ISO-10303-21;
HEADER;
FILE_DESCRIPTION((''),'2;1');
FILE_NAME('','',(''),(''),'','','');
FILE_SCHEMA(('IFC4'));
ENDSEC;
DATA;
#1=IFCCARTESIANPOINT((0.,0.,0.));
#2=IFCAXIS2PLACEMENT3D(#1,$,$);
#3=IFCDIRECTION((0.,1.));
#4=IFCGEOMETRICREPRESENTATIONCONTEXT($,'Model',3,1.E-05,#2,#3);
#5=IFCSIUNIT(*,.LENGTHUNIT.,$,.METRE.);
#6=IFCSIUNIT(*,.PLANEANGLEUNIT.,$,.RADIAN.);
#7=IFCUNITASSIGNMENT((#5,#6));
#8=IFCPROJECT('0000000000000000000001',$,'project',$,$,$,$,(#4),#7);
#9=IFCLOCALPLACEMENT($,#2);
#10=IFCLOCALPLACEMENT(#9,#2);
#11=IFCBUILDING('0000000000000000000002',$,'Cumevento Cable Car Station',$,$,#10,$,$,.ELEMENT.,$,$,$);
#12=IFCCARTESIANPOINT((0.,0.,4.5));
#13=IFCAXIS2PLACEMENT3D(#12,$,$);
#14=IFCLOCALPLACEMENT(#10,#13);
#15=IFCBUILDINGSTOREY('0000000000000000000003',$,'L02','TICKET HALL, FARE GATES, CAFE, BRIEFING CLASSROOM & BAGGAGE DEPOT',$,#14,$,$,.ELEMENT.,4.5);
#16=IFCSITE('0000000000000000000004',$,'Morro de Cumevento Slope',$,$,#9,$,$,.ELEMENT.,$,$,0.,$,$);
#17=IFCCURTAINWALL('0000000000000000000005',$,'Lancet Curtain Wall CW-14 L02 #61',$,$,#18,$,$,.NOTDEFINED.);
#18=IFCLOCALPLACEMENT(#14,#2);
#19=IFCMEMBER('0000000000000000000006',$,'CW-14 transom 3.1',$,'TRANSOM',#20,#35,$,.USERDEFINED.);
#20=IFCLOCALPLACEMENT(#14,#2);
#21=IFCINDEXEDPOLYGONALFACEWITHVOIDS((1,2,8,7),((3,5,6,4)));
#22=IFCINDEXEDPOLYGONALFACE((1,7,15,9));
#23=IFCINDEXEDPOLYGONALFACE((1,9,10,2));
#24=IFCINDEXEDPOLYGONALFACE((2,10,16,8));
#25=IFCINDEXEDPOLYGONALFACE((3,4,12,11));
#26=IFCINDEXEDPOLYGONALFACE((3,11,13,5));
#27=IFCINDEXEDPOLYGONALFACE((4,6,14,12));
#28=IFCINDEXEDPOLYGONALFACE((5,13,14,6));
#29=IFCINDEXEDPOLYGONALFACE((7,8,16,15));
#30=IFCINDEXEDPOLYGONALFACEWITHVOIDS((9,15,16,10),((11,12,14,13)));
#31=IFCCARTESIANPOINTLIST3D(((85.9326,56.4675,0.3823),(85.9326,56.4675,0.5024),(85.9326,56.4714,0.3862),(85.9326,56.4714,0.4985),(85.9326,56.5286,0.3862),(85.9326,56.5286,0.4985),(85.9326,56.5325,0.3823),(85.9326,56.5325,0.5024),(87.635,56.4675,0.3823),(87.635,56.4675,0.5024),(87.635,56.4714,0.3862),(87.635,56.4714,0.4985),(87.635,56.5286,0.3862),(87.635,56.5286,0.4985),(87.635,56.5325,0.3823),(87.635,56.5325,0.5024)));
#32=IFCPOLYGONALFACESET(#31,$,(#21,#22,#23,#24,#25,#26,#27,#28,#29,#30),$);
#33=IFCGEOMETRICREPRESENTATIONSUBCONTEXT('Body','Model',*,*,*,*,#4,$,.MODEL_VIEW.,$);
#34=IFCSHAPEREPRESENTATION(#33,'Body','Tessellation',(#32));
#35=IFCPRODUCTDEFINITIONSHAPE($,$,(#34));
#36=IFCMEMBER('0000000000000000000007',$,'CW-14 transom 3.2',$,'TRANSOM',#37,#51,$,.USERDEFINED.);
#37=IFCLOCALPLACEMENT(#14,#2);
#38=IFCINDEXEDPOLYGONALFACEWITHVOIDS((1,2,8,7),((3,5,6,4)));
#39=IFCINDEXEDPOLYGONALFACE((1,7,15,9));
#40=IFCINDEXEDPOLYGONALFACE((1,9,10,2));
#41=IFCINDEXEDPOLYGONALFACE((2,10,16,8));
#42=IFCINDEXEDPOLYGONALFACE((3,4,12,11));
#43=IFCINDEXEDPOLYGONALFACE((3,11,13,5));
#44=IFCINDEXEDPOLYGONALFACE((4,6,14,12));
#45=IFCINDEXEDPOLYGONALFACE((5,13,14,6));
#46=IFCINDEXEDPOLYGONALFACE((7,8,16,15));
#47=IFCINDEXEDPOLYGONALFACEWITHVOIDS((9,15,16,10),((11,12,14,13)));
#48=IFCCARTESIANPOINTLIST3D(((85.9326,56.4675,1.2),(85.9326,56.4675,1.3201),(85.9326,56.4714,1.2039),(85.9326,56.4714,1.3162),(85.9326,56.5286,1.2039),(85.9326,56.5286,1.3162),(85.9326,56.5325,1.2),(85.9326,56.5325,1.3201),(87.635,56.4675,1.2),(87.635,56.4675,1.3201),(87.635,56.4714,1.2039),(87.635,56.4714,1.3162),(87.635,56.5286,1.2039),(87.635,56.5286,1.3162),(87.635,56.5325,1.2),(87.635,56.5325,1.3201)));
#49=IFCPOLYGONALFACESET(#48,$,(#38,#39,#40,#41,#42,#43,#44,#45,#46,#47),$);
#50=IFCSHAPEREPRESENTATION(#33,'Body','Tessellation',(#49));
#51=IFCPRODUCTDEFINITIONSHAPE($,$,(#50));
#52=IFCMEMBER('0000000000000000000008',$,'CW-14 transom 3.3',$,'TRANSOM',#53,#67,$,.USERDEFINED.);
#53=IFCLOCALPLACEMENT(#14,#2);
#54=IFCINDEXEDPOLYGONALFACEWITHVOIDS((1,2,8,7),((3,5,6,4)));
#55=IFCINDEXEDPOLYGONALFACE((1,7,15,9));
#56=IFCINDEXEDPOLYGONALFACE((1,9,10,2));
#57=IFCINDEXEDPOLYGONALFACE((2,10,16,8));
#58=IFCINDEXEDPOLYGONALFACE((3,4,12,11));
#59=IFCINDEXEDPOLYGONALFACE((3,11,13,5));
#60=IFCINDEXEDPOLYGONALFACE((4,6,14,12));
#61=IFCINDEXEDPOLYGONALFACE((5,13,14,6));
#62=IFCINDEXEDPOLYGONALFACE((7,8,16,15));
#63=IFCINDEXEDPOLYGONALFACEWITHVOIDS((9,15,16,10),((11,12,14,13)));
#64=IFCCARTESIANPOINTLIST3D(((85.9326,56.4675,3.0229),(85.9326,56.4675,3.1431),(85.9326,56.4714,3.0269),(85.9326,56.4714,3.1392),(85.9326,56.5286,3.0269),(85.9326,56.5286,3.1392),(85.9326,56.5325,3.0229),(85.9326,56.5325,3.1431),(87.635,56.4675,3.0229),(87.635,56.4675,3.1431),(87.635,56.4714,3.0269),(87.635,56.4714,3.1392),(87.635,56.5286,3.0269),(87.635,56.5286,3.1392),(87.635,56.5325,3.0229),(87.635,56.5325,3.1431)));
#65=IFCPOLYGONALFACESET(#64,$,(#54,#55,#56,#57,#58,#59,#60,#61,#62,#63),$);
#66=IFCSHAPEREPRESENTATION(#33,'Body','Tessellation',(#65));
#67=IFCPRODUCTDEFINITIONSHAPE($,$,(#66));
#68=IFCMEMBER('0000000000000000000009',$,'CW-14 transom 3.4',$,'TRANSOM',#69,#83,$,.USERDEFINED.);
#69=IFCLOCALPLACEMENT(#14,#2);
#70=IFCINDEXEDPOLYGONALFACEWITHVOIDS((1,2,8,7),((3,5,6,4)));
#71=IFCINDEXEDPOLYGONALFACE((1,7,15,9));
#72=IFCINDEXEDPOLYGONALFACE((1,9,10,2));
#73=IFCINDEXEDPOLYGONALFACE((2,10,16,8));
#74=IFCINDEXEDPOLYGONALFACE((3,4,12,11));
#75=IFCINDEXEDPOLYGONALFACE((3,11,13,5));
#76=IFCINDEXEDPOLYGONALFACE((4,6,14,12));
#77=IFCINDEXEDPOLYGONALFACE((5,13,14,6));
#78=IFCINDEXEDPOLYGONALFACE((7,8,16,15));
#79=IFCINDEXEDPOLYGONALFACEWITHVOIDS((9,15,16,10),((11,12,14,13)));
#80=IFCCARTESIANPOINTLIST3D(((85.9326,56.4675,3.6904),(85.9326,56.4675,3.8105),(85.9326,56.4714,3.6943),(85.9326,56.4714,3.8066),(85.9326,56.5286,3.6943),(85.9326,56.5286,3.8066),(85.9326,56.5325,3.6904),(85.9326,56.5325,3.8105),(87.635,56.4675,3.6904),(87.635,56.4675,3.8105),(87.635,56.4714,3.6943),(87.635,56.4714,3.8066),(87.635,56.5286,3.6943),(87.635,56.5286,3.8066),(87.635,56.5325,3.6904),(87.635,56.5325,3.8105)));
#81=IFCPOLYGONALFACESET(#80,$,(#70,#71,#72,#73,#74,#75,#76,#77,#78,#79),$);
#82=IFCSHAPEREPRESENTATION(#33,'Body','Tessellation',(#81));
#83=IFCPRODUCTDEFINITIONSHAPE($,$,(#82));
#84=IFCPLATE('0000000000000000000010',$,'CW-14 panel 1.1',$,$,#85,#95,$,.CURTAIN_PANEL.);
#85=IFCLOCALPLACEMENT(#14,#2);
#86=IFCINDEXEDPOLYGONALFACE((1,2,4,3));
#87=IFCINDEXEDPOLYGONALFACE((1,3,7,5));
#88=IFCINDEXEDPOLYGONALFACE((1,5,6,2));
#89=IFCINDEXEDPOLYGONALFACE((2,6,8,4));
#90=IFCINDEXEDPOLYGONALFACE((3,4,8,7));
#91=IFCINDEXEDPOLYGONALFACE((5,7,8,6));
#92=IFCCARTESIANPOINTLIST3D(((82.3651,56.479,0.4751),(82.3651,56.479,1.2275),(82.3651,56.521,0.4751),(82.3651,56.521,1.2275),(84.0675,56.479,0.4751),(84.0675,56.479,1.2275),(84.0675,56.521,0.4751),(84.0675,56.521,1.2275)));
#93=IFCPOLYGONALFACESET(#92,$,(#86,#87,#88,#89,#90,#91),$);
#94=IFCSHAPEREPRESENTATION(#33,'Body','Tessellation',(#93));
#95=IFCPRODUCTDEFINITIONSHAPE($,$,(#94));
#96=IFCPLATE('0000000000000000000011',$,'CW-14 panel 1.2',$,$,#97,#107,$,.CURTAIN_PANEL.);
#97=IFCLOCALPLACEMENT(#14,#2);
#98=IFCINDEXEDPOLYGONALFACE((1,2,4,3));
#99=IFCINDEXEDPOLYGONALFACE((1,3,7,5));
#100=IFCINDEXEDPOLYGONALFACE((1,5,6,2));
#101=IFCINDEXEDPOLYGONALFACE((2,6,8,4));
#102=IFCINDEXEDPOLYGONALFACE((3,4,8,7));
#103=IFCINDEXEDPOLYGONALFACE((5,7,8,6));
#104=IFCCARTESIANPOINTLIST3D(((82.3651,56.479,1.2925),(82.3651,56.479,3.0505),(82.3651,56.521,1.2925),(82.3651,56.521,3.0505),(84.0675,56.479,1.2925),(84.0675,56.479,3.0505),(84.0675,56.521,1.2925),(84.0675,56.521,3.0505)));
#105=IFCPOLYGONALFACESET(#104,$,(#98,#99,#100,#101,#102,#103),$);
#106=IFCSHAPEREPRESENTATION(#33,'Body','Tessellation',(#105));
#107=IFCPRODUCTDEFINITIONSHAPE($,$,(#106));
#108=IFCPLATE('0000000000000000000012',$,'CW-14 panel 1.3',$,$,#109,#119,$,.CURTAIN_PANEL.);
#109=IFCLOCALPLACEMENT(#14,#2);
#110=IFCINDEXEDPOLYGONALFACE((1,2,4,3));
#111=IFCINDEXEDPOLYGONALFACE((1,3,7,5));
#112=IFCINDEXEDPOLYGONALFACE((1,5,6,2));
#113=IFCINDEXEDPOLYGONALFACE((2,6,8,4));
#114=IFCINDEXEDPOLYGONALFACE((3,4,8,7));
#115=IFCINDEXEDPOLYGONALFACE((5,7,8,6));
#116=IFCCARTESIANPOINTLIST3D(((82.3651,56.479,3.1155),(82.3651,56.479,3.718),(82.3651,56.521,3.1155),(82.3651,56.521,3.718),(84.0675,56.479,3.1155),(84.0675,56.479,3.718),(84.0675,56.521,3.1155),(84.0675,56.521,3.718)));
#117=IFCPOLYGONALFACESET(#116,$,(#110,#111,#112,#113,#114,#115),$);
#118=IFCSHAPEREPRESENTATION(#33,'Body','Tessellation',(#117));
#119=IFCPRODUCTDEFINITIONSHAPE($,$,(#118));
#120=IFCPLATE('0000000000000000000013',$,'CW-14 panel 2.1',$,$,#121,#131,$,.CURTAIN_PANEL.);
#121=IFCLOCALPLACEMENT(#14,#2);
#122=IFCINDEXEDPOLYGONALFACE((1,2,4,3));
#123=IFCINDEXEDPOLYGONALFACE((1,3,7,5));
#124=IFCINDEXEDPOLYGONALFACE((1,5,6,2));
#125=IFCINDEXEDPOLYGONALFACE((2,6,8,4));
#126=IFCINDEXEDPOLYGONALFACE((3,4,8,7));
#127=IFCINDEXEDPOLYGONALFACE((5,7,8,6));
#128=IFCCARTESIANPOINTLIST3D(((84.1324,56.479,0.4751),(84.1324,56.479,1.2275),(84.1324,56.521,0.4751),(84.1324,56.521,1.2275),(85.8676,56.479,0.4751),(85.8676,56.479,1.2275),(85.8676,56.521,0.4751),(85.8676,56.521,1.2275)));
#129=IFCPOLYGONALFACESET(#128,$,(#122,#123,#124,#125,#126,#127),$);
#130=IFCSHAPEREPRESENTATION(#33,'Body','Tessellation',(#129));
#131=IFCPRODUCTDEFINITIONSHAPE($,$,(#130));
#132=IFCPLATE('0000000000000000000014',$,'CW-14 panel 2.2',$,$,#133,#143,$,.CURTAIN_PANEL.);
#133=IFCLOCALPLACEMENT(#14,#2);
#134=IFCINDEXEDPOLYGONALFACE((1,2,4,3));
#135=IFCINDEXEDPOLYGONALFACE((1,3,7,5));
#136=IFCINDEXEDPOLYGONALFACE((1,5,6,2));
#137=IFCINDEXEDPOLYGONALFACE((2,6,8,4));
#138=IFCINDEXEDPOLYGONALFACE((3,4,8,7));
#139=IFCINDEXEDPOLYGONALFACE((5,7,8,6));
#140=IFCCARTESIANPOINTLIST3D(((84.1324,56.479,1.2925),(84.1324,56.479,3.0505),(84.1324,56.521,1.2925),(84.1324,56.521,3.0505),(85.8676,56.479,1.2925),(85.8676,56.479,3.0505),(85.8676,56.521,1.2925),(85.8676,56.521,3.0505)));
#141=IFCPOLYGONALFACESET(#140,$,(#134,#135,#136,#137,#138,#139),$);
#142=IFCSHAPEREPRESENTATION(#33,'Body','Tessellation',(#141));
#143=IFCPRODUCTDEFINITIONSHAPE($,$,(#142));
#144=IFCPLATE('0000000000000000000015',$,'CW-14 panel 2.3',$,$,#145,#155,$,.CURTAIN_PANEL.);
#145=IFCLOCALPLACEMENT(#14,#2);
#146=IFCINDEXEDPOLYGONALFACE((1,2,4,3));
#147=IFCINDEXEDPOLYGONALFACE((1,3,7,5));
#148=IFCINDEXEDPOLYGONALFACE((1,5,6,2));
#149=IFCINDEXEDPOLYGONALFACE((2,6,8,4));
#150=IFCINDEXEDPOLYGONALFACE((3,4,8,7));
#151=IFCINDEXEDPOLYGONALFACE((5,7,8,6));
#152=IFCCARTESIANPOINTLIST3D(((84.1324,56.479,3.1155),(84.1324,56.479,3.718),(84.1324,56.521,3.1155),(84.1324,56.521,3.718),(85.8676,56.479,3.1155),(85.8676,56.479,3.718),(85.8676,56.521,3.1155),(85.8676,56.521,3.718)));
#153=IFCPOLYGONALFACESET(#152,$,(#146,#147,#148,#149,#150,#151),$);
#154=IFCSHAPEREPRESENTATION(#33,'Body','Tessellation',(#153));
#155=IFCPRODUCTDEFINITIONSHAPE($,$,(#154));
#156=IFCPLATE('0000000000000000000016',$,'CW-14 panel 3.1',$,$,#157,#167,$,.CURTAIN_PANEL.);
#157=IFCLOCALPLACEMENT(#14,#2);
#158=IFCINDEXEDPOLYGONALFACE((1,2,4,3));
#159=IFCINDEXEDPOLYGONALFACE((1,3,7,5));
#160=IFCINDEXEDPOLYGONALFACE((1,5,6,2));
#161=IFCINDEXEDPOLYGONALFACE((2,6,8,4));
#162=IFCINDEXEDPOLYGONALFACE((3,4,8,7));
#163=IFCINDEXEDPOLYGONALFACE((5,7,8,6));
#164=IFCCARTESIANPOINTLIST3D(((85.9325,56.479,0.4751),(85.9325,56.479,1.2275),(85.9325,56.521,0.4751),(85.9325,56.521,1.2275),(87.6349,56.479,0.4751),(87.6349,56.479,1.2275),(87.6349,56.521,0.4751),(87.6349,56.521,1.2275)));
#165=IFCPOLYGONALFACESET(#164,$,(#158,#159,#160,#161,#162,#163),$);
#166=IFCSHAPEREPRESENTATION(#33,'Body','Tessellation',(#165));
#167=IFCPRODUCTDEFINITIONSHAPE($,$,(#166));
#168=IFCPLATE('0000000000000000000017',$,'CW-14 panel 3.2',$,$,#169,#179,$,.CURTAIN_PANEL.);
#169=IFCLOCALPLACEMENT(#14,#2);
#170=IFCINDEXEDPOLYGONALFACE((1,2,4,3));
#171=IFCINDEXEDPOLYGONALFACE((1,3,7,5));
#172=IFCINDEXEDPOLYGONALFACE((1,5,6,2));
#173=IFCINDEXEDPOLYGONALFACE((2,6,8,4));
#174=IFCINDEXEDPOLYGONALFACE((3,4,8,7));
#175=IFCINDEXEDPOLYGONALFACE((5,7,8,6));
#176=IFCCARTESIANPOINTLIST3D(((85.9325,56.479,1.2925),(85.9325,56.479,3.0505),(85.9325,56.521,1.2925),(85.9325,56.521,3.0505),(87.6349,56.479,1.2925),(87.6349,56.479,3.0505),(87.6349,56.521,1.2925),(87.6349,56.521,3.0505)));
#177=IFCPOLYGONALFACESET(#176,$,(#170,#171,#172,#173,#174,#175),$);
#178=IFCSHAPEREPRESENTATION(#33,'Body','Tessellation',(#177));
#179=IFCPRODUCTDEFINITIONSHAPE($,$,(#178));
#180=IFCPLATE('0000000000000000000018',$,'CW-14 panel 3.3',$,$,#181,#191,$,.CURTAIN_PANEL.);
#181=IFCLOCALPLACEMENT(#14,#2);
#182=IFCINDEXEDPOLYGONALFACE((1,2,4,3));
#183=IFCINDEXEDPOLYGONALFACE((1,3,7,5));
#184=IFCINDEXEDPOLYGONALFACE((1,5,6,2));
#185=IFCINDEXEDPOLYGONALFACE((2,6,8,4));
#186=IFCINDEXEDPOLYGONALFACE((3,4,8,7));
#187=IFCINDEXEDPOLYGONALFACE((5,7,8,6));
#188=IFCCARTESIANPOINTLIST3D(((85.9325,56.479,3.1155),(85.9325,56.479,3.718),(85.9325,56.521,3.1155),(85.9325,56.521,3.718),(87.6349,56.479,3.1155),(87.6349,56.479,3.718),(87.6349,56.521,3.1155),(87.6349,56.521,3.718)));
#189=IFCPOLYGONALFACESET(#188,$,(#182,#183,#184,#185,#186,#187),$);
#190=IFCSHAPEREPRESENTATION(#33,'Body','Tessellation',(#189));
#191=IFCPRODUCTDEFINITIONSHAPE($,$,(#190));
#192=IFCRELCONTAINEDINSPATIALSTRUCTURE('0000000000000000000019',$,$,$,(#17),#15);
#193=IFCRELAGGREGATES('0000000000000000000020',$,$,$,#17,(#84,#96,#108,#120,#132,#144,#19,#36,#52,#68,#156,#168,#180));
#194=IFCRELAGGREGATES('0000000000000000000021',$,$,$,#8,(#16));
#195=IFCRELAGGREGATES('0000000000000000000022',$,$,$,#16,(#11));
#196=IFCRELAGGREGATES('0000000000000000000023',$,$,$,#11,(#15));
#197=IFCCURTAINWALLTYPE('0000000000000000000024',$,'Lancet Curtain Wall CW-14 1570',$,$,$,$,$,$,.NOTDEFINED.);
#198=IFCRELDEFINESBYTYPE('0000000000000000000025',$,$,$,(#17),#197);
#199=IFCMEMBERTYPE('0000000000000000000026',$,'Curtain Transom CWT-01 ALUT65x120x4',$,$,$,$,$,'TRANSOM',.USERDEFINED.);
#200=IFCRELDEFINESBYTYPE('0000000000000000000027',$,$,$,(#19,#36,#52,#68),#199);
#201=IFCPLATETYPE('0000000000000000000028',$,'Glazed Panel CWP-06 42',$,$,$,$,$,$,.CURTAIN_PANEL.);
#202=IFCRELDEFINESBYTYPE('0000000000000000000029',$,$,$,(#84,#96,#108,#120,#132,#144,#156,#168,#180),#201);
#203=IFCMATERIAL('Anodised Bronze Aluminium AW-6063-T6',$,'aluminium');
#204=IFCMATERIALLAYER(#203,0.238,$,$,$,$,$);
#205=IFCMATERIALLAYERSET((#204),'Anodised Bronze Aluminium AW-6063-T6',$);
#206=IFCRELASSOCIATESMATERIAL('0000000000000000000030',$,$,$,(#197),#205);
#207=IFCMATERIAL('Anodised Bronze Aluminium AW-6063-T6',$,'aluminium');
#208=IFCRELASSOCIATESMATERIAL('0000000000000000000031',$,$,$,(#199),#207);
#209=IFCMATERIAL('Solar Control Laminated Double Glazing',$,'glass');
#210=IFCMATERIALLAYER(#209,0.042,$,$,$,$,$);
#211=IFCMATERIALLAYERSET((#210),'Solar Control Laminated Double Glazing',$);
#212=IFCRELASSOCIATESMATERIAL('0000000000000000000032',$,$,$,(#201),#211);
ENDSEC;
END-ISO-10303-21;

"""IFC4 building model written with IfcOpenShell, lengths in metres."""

from ifc_helpers import new_model, si_unit, direction, frame, origin, origin_2d, place, context, subcontext, project, spatial, rectangle, hollow_rectangle, extrude, material, layer, layer_set, material_profile, profile_set, type_object, element, aggregate, save


model = new_model("IFC4")

# Units and contexts
model_context = context("Model", 3, precision=1e-05, world=origin(), true_north=direction((0.0, 1.0)))
body_context = subcontext(model_context, "Body", "Model", "MODEL_VIEW")
ifc_project = project(units=[si_unit("LENGTHUNIT", "METRE"), si_unit("PLANEANGLEUNIT", "RADIAN")], contexts=[model_context])

# Site, building, storey
site_placement = place(None, origin())
site = spatial("IfcSite", under=ifc_project, at=site_placement, Name="Morro de Cumevento Slope", CompositionType="ELEMENT", RefElevation=0.0)
building_placement = place(site_placement, origin())
building = spatial("IfcBuilding", under=site, at=building_placement, Name="Cumevento Cable Car Station", CompositionType="ELEMENT")
storey_placement = place(building_placement, frame((0.0, 0.0, 4.5)))
storey = spatial("IfcBuildingStorey", under=building, at=storey_placement, Name="L02", Description="TICKET HALL, FARE GATES, CAFE, BRIEFING CLASSROOM & BAGGAGE DEPOT", CompositionType="ELEMENT", Elevation=4.5)

# Curtain wall, members, plates
ifc_material_1 = material(Name="Anodised Bronze Aluminium AW-6063-T6", Category="aluminium")
ifc_layer_1 = layer(ifc_material_1, 0.238)
ifc_layer_set_1 = layer_set([ifc_layer_1], Name="Anodised Bronze Aluminium AW-6063-T6")
curtain_wall_type = type_object("IfcCurtainWallType", Name="Lancet Curtain Wall CW-14 1570", PredefinedType="NOTDEFINED", material=ifc_layer_set_1)
curtain_wall_placement = place(storey_placement, origin())
curtain_wall = element("IfcCurtainWall", 1, at=curtain_wall_placement, inside=storey, type_object=curtain_wall_type, Name="Lancet Curtain Wall CW-14 L02 #61", PredefinedType="NOTDEFINED")
ifc_material_2 = material(Name="Anodised Bronze Aluminium AW-6063-T6", Category="aluminium")
ifc_material_profile_1 = material_profile(ifc_material_2, hollow_rectangle(XDim=0.0649, YDim=0.1201, WallThickness=0.0039, at=origin_2d()), Name="ALUT65x120x4")
ifc_profile_set_1 = profile_set([ifc_material_profile_1], Name="Anodised Bronze Aluminium AW-6063-T6")
member_type_1 = type_object("IfcMemberType", Name="Curtain Transom CWT-01 ALUT65x120x4", ElementType="TRANSOM", PredefinedType="USERDEFINED", material=ifc_profile_set_1)
member_1_placement = place(storey_placement, frame((85.9326, 56.5, 0.4424), z_axis=(1.0, 0.0, 0.0), x_axis=(0.0, 1.0, 0.0)))
member_1 = element("IfcMember", 2, at=member_1_placement, type_object=member_type_1, Name="CW-14 transom 3.1", ObjectType="TRANSOM", PredefinedType="USERDEFINED", context=body_context, shape_type="SweptSolid", body=[
    extrude(hollow_rectangle(XDim=0.0649, YDim=0.1201, WallThickness=0.0039, at=origin_2d()), origin(), (0.0, 0.0, 1.0), 1.7024),
])
member_2_placement = place(storey_placement, frame((85.9326, 56.5, 1.26), z_axis=(1.0, 0.0, 0.0), x_axis=(0.0, 1.0, 0.0)))
member_2 = element("IfcMember", 3, at=member_2_placement, type_object=member_type_1, Name="CW-14 transom 3.2", ObjectType="TRANSOM", PredefinedType="USERDEFINED", context=body_context, shape_type="SweptSolid", body=[
    extrude(hollow_rectangle(XDim=0.0649, YDim=0.1201, WallThickness=0.0039, at=origin_2d()), origin(), (0.0, 0.0, 1.0), 1.7024),
])
member_3_placement = place(storey_placement, frame((85.9326, 56.5, 3.083), z_axis=(1.0, 0.0, 0.0), x_axis=(0.0, 1.0, 0.0)))
member_3 = element("IfcMember", 4, at=member_3_placement, type_object=member_type_1, Name="CW-14 transom 3.3", ObjectType="TRANSOM", PredefinedType="USERDEFINED", context=body_context, shape_type="SweptSolid", body=[
    extrude(hollow_rectangle(XDim=0.0649, YDim=0.1201, WallThickness=0.0039, at=origin_2d()), origin(), (0.0, 0.0, 1.0), 1.7024),
])
member_4_placement = place(storey_placement, frame((85.9326, 56.5, 3.7505), z_axis=(1.0, 0.0, 0.0), x_axis=(0.0, 1.0, 0.0)))
member_4 = element("IfcMember", 5, at=member_4_placement, type_object=member_type_1, Name="CW-14 transom 3.4", ObjectType="TRANSOM", PredefinedType="USERDEFINED", context=body_context, shape_type="SweptSolid", body=[
    extrude(hollow_rectangle(XDim=0.0649, YDim=0.1201, WallThickness=0.0039, at=origin_2d()), origin(), (0.0, 0.0, 1.0), 1.7024),
])
ifc_material_3 = material(Name="Solar Control Laminated Double Glazing", Category="glass")
ifc_layer_2 = layer(ifc_material_3, 0.042)
ifc_layer_set_2 = layer_set([ifc_layer_2], Name="Solar Control Laminated Double Glazing")
plate_type = type_object("IfcPlateType", Name="Glazed Panel CWP-06 42", PredefinedType="CURTAIN_PANEL", material=ifc_layer_set_2)
plate_1_placement = place(storey_placement, frame((83.2163, 56.5, 0.4751), z_axis=(0.0, 0.0, 1.0), x_axis=(1.0, 0.0, 0.0)))
plate_1 = element("IfcPlate", 6, at=plate_1_placement, type_object=plate_type, Name="CW-14 panel 1.1", PredefinedType="CURTAIN_PANEL", context=body_context, shape_type="SweptSolid", body=[
    extrude(rectangle(XDim=1.7024, YDim=0.042, at=origin_2d()), origin(), (0.0, 0.0, 1.0), 0.7524),
])
plate_2_placement = place(storey_placement, frame((83.2163, 56.5, 1.2925), z_axis=(0.0, 0.0, 1.0), x_axis=(1.0, 0.0, 0.0)))
plate_2 = element("IfcPlate", 7, at=plate_2_placement, type_object=plate_type, Name="CW-14 panel 1.2", PredefinedType="CURTAIN_PANEL", context=body_context, shape_type="SweptSolid", body=[
    extrude(rectangle(XDim=1.7024, YDim=0.042, at=origin_2d()), origin(), (0.0, 0.0, 1.0), 1.7581),
])
plate_3_placement = place(storey_placement, frame((83.2163, 56.5, 3.1155), z_axis=(0.0, 0.0, 1.0), x_axis=(1.0, 0.0, 0.0)))
plate_3 = element("IfcPlate", 8, at=plate_3_placement, type_object=plate_type, Name="CW-14 panel 1.3", PredefinedType="CURTAIN_PANEL", context=body_context, shape_type="SweptSolid", body=[
    extrude(rectangle(XDim=1.7024, YDim=0.042, at=origin_2d()), origin(), (0.0, 0.0, 1.0), 0.6025),
])
plate_4_placement = place(storey_placement, frame((85.0, 56.5, 0.4751), z_axis=(0.0, 0.0, 1.0), x_axis=(1.0, 0.0, 0.0)))
plate_4 = element("IfcPlate", 9, at=plate_4_placement, type_object=plate_type, Name="CW-14 panel 2.1", PredefinedType="CURTAIN_PANEL", context=body_context, shape_type="SweptSolid", body=[
    extrude(rectangle(XDim=1.7351, YDim=0.042, at=origin_2d()), origin(), (0.0, 0.0, 1.0), 0.7524),
])
plate_5_placement = place(storey_placement, frame((85.0, 56.5, 1.2925), z_axis=(0.0, 0.0, 1.0), x_axis=(1.0, 0.0, 0.0)))
plate_5 = element("IfcPlate", 10, at=plate_5_placement, type_object=plate_type, Name="CW-14 panel 2.2", PredefinedType="CURTAIN_PANEL", context=body_context, shape_type="SweptSolid", body=[
    extrude(rectangle(XDim=1.7351, YDim=0.042, at=origin_2d()), origin(), (0.0, 0.0, 1.0), 1.7581),
])
plate_6_placement = place(storey_placement, frame((85.0, 56.5, 3.1155), z_axis=(0.0, 0.0, 1.0), x_axis=(1.0, 0.0, 0.0)))
plate_6 = element("IfcPlate", 11, at=plate_6_placement, type_object=plate_type, Name="CW-14 panel 2.3", PredefinedType="CURTAIN_PANEL", context=body_context, shape_type="SweptSolid", body=[
    extrude(rectangle(XDim=1.7351, YDim=0.042, at=origin_2d()), origin(), (0.0, 0.0, 1.0), 0.6025),
])
plate_7_placement = place(storey_placement, frame((86.7837, 56.5, 0.4751), z_axis=(0.0, 0.0, 1.0), x_axis=(1.0, 0.0, 0.0)))
plate_7 = element("IfcPlate", 12, at=plate_7_placement, type_object=plate_type, Name="CW-14 panel 3.1", PredefinedType="CURTAIN_PANEL", context=body_context, shape_type="SweptSolid", body=[
    extrude(rectangle(XDim=1.7024, YDim=0.042, at=origin_2d()), origin(), (0.0, 0.0, 1.0), 0.7524),
])
plate_8_placement = place(storey_placement, frame((86.7837, 56.5, 1.2925), z_axis=(0.0, 0.0, 1.0), x_axis=(1.0, 0.0, 0.0)))
plate_8 = element("IfcPlate", 13, at=plate_8_placement, type_object=plate_type, Name="CW-14 panel 3.2", PredefinedType="CURTAIN_PANEL", context=body_context, shape_type="SweptSolid", body=[
    extrude(rectangle(XDim=1.7024, YDim=0.042, at=origin_2d()), origin(), (0.0, 0.0, 1.0), 1.7581),
])
plate_9_placement = place(storey_placement, frame((86.7837, 56.5, 3.1155), z_axis=(0.0, 0.0, 1.0), x_axis=(1.0, 0.0, 0.0)))
plate_9 = element("IfcPlate", 14, at=plate_9_placement, type_object=plate_type, Name="CW-14 panel 3.3", PredefinedType="CURTAIN_PANEL", context=body_context, shape_type="SweptSolid", body=[
    extrude(rectangle(XDim=1.7024, YDim=0.042, at=origin_2d()), origin(), (0.0, 0.0, 1.0), 0.6025),
])
aggregate(curtain_wall, [plate_1, plate_2, plate_3, plate_4, plate_5, plate_6, member_1, member_2, member_3, member_4, plate_7, plate_8, plate_9])

save(model, "model.ifc")
